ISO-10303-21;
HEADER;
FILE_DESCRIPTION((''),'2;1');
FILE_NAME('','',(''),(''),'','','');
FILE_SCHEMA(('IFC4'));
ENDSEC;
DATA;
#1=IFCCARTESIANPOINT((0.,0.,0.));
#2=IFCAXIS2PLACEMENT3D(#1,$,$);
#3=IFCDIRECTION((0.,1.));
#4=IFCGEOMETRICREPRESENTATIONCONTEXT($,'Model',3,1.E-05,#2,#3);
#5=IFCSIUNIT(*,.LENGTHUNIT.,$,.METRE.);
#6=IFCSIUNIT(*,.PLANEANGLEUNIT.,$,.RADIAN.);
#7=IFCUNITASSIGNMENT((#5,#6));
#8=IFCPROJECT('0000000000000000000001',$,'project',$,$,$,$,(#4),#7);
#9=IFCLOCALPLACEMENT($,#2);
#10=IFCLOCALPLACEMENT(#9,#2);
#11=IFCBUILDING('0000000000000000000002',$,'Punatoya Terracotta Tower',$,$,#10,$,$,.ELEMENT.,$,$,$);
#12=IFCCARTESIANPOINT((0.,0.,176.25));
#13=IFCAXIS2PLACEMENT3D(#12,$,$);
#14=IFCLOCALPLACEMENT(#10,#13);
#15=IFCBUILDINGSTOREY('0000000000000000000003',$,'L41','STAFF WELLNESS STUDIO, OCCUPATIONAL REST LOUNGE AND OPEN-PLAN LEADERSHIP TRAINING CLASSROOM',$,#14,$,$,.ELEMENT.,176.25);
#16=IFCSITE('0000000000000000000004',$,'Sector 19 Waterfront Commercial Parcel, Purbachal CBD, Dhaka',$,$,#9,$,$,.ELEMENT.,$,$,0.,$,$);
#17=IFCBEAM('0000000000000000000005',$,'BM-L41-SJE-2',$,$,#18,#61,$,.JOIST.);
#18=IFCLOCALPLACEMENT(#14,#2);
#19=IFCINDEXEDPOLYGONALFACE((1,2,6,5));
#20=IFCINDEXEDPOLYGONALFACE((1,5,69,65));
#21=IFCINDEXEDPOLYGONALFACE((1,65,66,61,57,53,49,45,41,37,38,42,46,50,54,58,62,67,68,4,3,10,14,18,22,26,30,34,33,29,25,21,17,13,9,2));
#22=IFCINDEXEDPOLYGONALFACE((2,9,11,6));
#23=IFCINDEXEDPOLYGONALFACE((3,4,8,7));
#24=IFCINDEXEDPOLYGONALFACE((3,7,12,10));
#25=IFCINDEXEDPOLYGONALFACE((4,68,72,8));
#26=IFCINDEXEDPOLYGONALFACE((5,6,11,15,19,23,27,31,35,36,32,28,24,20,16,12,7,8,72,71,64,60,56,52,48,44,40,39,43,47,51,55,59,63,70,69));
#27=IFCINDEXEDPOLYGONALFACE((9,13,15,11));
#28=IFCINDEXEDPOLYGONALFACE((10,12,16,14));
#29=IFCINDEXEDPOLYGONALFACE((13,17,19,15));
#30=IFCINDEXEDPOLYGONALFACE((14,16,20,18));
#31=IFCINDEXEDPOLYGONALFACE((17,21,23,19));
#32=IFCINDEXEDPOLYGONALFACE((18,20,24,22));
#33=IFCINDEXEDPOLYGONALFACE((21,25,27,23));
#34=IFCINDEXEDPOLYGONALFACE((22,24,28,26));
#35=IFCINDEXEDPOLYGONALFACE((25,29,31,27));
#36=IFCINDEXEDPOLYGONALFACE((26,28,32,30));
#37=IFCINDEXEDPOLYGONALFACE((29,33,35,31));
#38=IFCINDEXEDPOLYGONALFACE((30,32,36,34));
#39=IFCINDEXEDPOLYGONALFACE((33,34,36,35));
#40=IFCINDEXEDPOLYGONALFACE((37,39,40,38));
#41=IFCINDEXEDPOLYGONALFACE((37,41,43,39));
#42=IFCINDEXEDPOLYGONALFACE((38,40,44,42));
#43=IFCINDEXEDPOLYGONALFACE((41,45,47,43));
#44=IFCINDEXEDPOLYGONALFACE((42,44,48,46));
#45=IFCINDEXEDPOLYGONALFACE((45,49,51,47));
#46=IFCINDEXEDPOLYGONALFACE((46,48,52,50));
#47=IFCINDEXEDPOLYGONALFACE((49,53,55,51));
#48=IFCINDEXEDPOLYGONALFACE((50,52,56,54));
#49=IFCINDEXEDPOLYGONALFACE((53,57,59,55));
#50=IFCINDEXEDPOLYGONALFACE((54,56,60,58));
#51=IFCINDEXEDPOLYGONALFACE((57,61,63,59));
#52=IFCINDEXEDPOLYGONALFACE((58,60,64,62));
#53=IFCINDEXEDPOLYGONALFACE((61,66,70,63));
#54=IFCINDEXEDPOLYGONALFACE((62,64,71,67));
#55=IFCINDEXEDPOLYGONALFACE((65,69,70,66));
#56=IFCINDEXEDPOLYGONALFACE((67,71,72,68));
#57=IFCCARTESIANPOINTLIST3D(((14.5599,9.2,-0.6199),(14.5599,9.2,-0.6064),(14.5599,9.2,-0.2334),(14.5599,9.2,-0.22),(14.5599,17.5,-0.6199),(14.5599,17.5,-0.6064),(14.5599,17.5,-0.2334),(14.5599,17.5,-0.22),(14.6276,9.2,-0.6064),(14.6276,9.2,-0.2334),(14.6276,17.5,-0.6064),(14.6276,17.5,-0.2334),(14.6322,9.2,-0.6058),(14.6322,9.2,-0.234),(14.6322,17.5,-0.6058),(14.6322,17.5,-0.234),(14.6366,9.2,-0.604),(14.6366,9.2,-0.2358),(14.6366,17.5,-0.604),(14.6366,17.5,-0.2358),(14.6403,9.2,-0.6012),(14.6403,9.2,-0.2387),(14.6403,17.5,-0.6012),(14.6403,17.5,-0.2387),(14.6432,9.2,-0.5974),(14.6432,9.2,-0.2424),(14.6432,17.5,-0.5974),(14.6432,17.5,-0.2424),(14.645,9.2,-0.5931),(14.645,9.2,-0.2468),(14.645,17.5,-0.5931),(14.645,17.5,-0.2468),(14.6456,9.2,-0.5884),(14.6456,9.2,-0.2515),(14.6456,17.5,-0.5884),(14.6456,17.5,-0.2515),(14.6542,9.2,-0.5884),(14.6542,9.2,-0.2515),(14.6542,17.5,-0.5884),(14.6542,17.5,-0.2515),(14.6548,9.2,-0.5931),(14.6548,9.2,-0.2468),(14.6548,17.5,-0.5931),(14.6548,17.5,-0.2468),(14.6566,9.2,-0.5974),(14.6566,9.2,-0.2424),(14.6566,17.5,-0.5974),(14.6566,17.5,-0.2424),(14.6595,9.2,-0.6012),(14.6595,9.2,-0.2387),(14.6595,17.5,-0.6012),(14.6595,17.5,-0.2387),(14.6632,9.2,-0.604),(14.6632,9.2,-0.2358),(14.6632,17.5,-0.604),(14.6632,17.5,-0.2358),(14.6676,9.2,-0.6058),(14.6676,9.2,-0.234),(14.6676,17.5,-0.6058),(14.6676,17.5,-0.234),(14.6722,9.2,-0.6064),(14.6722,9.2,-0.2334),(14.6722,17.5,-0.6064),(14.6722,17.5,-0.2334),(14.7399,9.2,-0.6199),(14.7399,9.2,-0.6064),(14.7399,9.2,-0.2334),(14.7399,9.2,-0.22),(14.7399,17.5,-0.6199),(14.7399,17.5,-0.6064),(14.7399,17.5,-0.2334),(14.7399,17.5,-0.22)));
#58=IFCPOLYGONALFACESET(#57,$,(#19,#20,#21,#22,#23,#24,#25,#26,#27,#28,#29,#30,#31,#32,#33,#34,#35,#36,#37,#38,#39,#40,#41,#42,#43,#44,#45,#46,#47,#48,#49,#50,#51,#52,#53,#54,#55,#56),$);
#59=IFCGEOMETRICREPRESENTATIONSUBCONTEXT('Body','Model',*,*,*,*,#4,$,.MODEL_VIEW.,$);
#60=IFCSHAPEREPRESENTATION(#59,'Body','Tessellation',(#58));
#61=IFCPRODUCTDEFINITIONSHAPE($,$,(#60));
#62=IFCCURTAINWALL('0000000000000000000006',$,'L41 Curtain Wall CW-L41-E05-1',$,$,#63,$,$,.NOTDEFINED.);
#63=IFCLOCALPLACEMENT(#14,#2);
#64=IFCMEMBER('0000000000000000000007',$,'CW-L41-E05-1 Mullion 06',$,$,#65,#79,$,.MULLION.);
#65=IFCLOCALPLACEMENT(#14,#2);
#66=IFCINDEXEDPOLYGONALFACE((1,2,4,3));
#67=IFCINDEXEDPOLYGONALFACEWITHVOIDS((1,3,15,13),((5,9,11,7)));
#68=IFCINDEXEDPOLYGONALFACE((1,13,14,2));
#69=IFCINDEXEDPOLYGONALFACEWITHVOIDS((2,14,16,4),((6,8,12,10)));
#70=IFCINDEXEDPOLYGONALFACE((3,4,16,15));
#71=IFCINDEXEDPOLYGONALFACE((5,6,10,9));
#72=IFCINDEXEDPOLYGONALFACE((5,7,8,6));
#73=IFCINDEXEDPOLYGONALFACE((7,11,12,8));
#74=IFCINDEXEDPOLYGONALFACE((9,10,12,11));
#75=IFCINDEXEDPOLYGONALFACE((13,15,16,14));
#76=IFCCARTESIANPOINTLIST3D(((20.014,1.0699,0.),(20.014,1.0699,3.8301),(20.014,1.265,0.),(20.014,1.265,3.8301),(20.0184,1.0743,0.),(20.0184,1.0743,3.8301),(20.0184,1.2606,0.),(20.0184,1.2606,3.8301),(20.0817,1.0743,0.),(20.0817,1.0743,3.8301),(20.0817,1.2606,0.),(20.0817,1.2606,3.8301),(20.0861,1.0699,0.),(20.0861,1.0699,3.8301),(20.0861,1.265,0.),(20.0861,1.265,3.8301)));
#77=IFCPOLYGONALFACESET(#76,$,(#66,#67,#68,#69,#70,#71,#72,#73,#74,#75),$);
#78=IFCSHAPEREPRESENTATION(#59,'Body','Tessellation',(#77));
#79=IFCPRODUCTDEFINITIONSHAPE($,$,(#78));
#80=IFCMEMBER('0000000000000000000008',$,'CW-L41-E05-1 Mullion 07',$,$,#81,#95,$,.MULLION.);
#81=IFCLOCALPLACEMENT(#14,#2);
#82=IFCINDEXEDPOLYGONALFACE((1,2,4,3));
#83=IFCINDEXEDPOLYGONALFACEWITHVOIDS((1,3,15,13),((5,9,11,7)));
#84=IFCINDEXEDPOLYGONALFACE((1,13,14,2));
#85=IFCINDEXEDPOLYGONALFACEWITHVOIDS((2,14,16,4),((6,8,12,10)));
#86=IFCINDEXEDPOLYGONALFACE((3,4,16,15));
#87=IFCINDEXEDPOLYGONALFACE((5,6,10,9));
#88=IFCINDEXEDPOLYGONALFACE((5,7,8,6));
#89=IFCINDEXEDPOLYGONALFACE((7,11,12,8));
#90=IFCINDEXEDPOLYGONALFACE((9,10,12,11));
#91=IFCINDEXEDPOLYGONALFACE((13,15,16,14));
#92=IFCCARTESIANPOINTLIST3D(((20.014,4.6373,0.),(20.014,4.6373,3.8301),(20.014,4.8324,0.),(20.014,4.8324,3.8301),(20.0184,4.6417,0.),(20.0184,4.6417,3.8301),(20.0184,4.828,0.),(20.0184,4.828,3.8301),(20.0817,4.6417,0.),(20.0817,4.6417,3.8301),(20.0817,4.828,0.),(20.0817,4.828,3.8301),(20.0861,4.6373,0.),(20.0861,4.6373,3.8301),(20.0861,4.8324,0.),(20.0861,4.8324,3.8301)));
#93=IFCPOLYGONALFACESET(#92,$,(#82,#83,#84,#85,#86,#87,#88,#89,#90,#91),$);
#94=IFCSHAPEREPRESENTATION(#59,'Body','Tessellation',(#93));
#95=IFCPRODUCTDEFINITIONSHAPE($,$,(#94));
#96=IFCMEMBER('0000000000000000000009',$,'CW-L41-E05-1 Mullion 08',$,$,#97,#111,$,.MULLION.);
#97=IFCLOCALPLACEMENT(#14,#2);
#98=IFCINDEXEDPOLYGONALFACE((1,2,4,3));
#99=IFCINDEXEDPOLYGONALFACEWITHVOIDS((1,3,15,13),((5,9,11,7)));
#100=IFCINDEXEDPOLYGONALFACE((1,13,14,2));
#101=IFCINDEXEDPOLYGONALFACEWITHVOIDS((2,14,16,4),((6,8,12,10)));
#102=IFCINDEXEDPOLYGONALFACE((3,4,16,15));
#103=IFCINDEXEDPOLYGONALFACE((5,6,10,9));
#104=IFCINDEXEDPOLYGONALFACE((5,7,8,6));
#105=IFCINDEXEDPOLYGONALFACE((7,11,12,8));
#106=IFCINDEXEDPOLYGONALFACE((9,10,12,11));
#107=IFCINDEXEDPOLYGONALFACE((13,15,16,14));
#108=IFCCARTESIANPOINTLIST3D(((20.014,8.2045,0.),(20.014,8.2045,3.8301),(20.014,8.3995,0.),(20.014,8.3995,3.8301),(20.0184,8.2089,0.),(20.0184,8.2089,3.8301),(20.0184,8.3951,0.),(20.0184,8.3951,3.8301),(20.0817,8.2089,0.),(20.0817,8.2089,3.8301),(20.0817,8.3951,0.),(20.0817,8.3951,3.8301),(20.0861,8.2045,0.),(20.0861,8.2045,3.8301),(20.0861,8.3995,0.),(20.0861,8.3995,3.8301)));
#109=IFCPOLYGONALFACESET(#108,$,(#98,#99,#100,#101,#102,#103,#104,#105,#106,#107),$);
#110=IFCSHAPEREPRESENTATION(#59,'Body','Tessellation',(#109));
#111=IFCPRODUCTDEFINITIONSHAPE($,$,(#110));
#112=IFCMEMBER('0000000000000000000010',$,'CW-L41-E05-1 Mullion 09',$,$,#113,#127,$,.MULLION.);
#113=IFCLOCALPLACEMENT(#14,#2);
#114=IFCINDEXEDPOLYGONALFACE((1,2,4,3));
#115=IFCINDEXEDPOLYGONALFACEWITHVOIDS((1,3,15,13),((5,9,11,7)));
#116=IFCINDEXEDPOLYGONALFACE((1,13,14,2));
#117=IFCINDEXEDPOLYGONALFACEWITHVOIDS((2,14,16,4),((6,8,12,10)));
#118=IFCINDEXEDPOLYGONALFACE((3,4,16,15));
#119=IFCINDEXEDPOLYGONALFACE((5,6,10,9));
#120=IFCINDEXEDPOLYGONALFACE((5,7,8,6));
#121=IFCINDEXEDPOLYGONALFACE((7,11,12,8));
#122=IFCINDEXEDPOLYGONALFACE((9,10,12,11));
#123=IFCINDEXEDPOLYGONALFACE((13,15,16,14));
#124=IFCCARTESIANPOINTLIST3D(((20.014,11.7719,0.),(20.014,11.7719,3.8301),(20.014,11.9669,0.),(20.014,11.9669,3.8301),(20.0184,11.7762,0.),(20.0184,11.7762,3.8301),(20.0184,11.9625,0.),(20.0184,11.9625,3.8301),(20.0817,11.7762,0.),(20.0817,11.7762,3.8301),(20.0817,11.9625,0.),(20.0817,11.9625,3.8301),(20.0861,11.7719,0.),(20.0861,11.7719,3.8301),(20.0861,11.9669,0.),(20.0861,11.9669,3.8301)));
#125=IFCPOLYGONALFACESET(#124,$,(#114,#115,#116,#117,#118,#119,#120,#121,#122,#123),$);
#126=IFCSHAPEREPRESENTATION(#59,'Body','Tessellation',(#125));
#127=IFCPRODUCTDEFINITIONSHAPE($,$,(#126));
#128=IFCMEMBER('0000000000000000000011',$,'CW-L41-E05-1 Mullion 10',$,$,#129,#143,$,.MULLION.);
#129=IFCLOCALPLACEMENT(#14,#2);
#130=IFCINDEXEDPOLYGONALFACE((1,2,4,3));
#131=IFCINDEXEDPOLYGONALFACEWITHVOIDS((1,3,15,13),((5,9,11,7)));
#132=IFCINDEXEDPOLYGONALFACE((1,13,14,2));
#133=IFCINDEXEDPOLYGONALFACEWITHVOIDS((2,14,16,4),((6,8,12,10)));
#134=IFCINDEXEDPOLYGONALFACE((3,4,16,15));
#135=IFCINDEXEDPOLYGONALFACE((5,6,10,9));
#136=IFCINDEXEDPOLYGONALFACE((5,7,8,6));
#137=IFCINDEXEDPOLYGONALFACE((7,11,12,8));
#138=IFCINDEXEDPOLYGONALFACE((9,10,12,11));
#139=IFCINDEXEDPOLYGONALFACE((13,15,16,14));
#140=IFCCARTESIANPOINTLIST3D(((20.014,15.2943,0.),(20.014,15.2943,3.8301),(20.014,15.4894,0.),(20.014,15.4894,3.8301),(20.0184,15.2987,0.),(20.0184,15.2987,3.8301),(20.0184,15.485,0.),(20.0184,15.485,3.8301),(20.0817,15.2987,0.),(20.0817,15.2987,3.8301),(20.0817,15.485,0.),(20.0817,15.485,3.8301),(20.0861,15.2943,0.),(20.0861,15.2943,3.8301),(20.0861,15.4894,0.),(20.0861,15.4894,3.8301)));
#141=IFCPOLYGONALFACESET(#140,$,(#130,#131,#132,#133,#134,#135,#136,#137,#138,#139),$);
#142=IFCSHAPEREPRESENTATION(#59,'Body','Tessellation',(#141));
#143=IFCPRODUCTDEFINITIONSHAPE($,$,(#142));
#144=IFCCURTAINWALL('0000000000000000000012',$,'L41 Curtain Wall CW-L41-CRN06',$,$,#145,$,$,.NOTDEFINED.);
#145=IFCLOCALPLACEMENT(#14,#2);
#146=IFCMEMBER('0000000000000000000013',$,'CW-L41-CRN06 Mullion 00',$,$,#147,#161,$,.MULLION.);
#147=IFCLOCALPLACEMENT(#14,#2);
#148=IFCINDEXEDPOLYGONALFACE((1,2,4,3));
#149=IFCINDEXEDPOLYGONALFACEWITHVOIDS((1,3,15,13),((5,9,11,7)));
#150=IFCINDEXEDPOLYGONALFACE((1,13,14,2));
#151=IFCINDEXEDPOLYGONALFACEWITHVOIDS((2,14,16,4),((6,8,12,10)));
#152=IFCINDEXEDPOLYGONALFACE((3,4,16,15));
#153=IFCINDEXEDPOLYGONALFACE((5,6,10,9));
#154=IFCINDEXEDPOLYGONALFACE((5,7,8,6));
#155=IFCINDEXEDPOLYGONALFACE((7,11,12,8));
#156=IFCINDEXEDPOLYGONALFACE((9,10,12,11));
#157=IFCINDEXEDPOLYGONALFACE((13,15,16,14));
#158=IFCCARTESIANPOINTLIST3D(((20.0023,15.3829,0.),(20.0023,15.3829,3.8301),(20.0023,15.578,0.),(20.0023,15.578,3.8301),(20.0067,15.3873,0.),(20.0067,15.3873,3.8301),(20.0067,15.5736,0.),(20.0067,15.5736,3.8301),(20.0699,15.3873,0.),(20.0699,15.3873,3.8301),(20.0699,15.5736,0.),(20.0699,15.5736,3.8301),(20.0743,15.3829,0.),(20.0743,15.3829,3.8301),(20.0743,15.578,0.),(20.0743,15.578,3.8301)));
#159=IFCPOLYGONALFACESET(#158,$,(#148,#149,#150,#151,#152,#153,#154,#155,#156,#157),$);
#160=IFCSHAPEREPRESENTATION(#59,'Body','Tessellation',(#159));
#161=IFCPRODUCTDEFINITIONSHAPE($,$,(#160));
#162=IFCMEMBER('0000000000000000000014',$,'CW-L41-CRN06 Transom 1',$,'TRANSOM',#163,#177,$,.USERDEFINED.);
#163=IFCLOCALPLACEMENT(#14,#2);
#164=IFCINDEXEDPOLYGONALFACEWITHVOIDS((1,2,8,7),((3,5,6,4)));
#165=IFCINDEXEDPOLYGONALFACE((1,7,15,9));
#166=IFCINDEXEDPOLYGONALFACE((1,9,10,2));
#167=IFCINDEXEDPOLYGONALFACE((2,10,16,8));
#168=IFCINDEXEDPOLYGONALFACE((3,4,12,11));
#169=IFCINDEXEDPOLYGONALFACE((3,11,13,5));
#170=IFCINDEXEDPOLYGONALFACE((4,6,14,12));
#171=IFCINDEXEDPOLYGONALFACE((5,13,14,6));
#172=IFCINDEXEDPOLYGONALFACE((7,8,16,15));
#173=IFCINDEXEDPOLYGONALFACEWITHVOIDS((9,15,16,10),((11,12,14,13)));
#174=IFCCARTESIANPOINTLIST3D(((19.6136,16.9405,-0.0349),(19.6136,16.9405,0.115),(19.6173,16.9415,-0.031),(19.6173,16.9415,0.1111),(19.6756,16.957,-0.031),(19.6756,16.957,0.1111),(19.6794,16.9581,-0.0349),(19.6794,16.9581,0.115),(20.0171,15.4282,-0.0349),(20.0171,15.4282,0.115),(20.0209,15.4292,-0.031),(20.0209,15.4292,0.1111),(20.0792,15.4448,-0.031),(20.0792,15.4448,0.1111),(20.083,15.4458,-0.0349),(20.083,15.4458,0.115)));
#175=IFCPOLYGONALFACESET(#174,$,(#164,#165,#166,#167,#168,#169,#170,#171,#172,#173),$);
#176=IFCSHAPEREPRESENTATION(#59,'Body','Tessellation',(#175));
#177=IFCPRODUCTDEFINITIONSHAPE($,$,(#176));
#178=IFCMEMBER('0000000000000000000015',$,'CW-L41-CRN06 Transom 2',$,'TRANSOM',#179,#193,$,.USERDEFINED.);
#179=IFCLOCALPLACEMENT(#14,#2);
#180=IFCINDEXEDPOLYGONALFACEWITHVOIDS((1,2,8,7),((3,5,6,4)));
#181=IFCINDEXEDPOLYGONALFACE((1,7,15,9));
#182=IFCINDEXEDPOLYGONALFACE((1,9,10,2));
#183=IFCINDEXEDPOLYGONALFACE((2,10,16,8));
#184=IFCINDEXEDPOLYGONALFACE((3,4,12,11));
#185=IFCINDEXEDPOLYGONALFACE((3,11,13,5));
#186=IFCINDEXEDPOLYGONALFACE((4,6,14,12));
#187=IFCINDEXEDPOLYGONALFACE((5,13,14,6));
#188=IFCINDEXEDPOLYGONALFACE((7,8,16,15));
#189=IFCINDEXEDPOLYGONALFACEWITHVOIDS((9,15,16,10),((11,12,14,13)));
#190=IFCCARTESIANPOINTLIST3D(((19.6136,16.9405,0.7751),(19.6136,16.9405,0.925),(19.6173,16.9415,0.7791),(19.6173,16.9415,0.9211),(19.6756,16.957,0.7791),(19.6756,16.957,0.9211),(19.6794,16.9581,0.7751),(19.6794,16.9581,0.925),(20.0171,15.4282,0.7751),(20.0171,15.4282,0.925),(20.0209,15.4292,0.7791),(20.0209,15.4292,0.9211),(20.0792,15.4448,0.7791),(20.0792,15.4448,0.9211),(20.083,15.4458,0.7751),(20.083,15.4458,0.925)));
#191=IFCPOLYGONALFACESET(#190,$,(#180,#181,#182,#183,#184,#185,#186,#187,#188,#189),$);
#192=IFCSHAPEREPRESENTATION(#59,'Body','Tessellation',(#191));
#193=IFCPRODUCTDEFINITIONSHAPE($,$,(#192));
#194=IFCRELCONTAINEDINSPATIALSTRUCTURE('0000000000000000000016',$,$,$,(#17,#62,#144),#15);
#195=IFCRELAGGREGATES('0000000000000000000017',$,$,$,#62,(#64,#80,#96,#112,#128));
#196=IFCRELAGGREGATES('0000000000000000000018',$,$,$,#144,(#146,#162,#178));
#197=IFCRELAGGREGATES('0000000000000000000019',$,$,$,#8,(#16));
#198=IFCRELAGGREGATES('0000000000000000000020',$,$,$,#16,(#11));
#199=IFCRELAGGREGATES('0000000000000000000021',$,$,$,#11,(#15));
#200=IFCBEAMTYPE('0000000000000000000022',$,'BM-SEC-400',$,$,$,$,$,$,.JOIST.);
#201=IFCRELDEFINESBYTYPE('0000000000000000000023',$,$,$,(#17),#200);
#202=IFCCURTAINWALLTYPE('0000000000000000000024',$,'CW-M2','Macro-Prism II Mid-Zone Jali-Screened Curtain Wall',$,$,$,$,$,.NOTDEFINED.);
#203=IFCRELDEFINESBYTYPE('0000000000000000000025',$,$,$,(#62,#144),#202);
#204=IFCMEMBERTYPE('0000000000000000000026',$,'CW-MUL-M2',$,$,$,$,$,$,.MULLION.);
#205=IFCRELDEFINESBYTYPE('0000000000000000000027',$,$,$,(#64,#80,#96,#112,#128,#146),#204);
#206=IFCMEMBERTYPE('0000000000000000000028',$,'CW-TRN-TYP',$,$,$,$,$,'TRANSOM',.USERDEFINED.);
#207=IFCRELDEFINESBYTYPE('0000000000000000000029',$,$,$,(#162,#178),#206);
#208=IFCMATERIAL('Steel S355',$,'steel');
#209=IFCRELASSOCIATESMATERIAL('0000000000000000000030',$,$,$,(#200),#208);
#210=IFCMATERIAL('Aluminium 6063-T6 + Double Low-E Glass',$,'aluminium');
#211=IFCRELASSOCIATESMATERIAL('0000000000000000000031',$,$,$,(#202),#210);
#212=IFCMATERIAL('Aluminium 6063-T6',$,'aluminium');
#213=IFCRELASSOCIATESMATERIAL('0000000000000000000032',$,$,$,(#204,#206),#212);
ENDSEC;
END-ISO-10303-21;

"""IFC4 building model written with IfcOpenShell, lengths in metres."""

from ifc_helpers import new_model, si_unit, direction, frame, origin, origin_2d, place, context, subcontext, project, spatial, hollow_rectangle, i_section, extrude, material, material_profile, profile_set, type_object, element, aggregate, save


model = new_model("IFC4")

# Units and contexts
model_context = context("Model", 3, precision=1e-05, world=origin(), true_north=direction((0.0, 1.0)))
body_context = subcontext(model_context, "Body", "Model", "MODEL_VIEW")
ifc_project = project(units=[si_unit("LENGTHUNIT", "METRE"), si_unit("PLANEANGLEUNIT", "RADIAN")], contexts=[model_context])

# Site, building, storey
site_placement = place(None, origin())
site = spatial("IfcSite", under=ifc_project, at=site_placement, Name="Sector 19 Waterfront Commercial Parcel, Purbachal CBD, Dhaka", CompositionType="ELEMENT", RefElevation=0.0)
building_placement = place(site_placement, origin())
building = spatial("IfcBuilding", under=site, at=building_placement, Name="Punatoya Terracotta Tower", CompositionType="ELEMENT")
storey_placement = place(building_placement, frame((0.0, 0.0, 176.25)))
storey = spatial("IfcBuildingStorey", under=building, at=storey_placement, Name="L41", Description="STAFF WELLNESS STUDIO, OCCUPATIONAL REST LOUNGE AND OPEN-PLAN LEADERSHIP TRAINING CLASSROOM", CompositionType="ELEMENT", Elevation=176.25)

# Beam
ifc_material_1 = material(Name="Steel S355", Category="steel")
ifc_material_profile_1 = material_profile(ifc_material_1, i_section(OverallWidth=0.1799, OverallDepth=0.3999, WebThickness=0.0085, FlangeThickness=0.0134, FilletRadius=0.0181, at=origin_2d()))
ifc_profile_set_1 = profile_set([ifc_material_profile_1], Name="Steel S355")
beam_type_1 = type_object("IfcBeamType", Name="BM-SEC-400", PredefinedType="JOIST", material=ifc_profile_set_1)
beam_1_placement = place(storey_placement, frame((14.6499, 9.2, -0.4199), z_axis=(0.0, 1.0, 0.0), x_axis=(-1.0, 0.0, 0.0)))
element("IfcBeam", 1, at=beam_1_placement, inside=storey, type_object=beam_type_1, Name="BM-L41-SJE-2", PredefinedType="JOIST", context=body_context, shape_type="SweptSolid", body=[
    extrude(i_section(OverallWidth=0.1799, OverallDepth=0.3999, WebThickness=0.0085, FlangeThickness=0.0134, FilletRadius=0.0181, at=origin_2d()), origin(), (0.0, 0.0, 1.0), 8.3),
])

# Curtain walls, members
ifc_material_2 = material(Name="Aluminium 6063-T6 + Double Low-E Glass", Category="aluminium")
curtain_wall_type = type_object("IfcCurtainWallType", Name="CW-M2", Description="Macro-Prism II Mid-Zone Jali-Screened Curtain Wall", PredefinedType="NOTDEFINED", material=ifc_material_2)
curtain_wall_1_placement = place(storey_placement, origin())
curtain_wall_1 = element("IfcCurtainWall", 2, at=curtain_wall_1_placement, inside=storey, type_object=curtain_wall_type, Name="L41 Curtain Wall CW-L41-E05-1", PredefinedType="NOTDEFINED")
ifc_material_3 = material(Name="Aluminium 6063-T6", Category="aluminium")
ifc_material_profile_2 = material_profile(ifc_material_3, hollow_rectangle(XDim=0.072, YDim=0.1951, WallThickness=0.0044, at=origin_2d()))
ifc_profile_set_2 = profile_set([ifc_material_profile_2], Name="Aluminium 6063-T6")
member_type_1 = type_object("IfcMemberType", Name="CW-MUL-M2", PredefinedType="MULLION", material=ifc_profile_set_2)
member_1_placement = place(storey_placement, frame((20.05, 1.1675, 0.0), z_axis=(0.0, 0.0, 1.0), x_axis=(1.0, 0.0, 0.0)))
member_1 = element("IfcMember", 3, at=member_1_placement, type_object=member_type_1, Name="CW-L41-E05-1 Mullion 06", PredefinedType="MULLION", context=body_context, shape_type="SweptSolid", body=[
    extrude(hollow_rectangle(XDim=0.072, YDim=0.1951, WallThickness=0.0044, at=origin_2d()), origin(), (0.0, 0.0, 1.0), 3.8301),
])
member_2_placement = place(storey_placement, frame((20.05, 4.7349, 0.0), z_axis=(0.0, 0.0, 1.0), x_axis=(1.0, 0.0, 0.0)))
member_2 = element("IfcMember", 4, at=member_2_placement, type_object=member_type_1, Name="CW-L41-E05-1 Mullion 07", PredefinedType="MULLION", context=body_context, shape_type="SweptSolid", body=[
    extrude(hollow_rectangle(XDim=0.072, YDim=0.1951, WallThickness=0.0044, at=origin_2d()), origin(), (0.0, 0.0, 1.0), 3.8301),
])
member_3_placement = place(storey_placement, frame((20.05, 8.302, 0.0), z_axis=(0.0, 0.0, 1.0), x_axis=(1.0, 0.0, 0.0)))
member_3 = element("IfcMember", 5, at=member_3_placement, type_object=member_type_1, Name="CW-L41-E05-1 Mullion 08", PredefinedType="MULLION", context=body_context, shape_type="SweptSolid", body=[
    extrude(hollow_rectangle(XDim=0.072, YDim=0.1951, WallThickness=0.0044, at=origin_2d()), origin(), (0.0, 0.0, 1.0), 3.8301),
])
member_4_placement = place(storey_placement, frame((20.05, 11.8694, 0.0), z_axis=(0.0, 0.0, 1.0), x_axis=(1.0, 0.0, 0.0)))
member_4 = element("IfcMember", 6, at=member_4_placement, type_object=member_type_1, Name="CW-L41-E05-1 Mullion 09", PredefinedType="MULLION", context=body_context, shape_type="SweptSolid", body=[
    extrude(hollow_rectangle(XDim=0.072, YDim=0.1951, WallThickness=0.0044, at=origin_2d()), origin(), (0.0, 0.0, 1.0), 3.8301),
])
member_5_placement = place(storey_placement, frame((20.05, 15.3918, 0.0), z_axis=(0.0, 0.0, 1.0), x_axis=(1.0, 0.0, 0.0)))
member_5 = element("IfcMember", 7, at=member_5_placement, type_object=member_type_1, Name="CW-L41-E05-1 Mullion 10", PredefinedType="MULLION", context=body_context, shape_type="SweptSolid", body=[
    extrude(hollow_rectangle(XDim=0.072, YDim=0.1951, WallThickness=0.0044, at=origin_2d()), origin(), (0.0, 0.0, 1.0), 3.8301),
])
curtain_wall_2_placement = place(storey_placement, origin())
curtain_wall_2 = element("IfcCurtainWall", 8, at=curtain_wall_2_placement, inside=storey, type_object=curtain_wall_type, Name="L41 Curtain Wall CW-L41-CRN06", PredefinedType="NOTDEFINED")
member_6_placement = place(storey_placement, frame((20.0383, 15.4805, 0.0), z_axis=(0.0, 0.0, 1.0), x_axis=(1.0, 0.0, 0.0)))
member_6 = element("IfcMember", 9, at=member_6_placement, type_object=member_type_1, Name="CW-L41-CRN06 Mullion 00", PredefinedType="MULLION", context=body_context, shape_type="SweptSolid", body=[
    extrude(hollow_rectangle(XDim=0.072, YDim=0.1951, WallThickness=0.0044, at=origin_2d()), origin(), (0.0, 0.0, 1.0), 3.8301),
])
ifc_material_profile_3 = material_profile(ifc_material_3, hollow_rectangle(XDim=0.0681, YDim=0.1499, WallThickness=0.0039, at=origin_2d()))
ifc_profile_set_3 = profile_set([ifc_material_profile_3], Name="Aluminium 6063-T6")
member_type_2 = type_object("IfcMemberType", Name="CW-TRN-TYP", ElementType="TRANSOM", PredefinedType="USERDEFINED", material=ifc_profile_set_3)
member_7_placement = place(storey_placement, frame((20.05, 15.437, 0.04), z_axis=(-0.257847, 0.966186, 0.0), x_axis=(-0.966186, -0.257847, 0.0)))
member_7 = element("IfcMember", 10, at=member_7_placement, type_object=member_type_2, Name="CW-L41-CRN06 Transom 1", ObjectType="TRANSOM", PredefinedType="USERDEFINED", context=body_context, shape_type="SweptSolid", body=[
    extrude(hollow_rectangle(XDim=0.0681, YDim=0.1499, WallThickness=0.0039, at=origin_2d()), origin(), (0.0, 0.0, 1.0), 1.5652),
])
member_8_placement = place(storey_placement, frame((20.05, 15.437, 0.8501), z_axis=(-0.257847, 0.966186, 0.0), x_axis=(-0.966186, -0.257847, 0.0)))
member_8 = element("IfcMember", 11, at=member_8_placement, type_object=member_type_2, Name="CW-L41-CRN06 Transom 2", ObjectType="TRANSOM", PredefinedType="USERDEFINED", context=body_context, shape_type="SweptSolid", body=[
    extrude(hollow_rectangle(XDim=0.0681, YDim=0.1499, WallThickness=0.0039, at=origin_2d()), origin(), (0.0, 0.0, 1.0), 1.5652),
])

aggregate(curtain_wall_1, [member_1, member_2, member_3, member_4, member_5])
aggregate(curtain_wall_2, [member_6, member_7, member_8])

save(model, "model.ifc")
